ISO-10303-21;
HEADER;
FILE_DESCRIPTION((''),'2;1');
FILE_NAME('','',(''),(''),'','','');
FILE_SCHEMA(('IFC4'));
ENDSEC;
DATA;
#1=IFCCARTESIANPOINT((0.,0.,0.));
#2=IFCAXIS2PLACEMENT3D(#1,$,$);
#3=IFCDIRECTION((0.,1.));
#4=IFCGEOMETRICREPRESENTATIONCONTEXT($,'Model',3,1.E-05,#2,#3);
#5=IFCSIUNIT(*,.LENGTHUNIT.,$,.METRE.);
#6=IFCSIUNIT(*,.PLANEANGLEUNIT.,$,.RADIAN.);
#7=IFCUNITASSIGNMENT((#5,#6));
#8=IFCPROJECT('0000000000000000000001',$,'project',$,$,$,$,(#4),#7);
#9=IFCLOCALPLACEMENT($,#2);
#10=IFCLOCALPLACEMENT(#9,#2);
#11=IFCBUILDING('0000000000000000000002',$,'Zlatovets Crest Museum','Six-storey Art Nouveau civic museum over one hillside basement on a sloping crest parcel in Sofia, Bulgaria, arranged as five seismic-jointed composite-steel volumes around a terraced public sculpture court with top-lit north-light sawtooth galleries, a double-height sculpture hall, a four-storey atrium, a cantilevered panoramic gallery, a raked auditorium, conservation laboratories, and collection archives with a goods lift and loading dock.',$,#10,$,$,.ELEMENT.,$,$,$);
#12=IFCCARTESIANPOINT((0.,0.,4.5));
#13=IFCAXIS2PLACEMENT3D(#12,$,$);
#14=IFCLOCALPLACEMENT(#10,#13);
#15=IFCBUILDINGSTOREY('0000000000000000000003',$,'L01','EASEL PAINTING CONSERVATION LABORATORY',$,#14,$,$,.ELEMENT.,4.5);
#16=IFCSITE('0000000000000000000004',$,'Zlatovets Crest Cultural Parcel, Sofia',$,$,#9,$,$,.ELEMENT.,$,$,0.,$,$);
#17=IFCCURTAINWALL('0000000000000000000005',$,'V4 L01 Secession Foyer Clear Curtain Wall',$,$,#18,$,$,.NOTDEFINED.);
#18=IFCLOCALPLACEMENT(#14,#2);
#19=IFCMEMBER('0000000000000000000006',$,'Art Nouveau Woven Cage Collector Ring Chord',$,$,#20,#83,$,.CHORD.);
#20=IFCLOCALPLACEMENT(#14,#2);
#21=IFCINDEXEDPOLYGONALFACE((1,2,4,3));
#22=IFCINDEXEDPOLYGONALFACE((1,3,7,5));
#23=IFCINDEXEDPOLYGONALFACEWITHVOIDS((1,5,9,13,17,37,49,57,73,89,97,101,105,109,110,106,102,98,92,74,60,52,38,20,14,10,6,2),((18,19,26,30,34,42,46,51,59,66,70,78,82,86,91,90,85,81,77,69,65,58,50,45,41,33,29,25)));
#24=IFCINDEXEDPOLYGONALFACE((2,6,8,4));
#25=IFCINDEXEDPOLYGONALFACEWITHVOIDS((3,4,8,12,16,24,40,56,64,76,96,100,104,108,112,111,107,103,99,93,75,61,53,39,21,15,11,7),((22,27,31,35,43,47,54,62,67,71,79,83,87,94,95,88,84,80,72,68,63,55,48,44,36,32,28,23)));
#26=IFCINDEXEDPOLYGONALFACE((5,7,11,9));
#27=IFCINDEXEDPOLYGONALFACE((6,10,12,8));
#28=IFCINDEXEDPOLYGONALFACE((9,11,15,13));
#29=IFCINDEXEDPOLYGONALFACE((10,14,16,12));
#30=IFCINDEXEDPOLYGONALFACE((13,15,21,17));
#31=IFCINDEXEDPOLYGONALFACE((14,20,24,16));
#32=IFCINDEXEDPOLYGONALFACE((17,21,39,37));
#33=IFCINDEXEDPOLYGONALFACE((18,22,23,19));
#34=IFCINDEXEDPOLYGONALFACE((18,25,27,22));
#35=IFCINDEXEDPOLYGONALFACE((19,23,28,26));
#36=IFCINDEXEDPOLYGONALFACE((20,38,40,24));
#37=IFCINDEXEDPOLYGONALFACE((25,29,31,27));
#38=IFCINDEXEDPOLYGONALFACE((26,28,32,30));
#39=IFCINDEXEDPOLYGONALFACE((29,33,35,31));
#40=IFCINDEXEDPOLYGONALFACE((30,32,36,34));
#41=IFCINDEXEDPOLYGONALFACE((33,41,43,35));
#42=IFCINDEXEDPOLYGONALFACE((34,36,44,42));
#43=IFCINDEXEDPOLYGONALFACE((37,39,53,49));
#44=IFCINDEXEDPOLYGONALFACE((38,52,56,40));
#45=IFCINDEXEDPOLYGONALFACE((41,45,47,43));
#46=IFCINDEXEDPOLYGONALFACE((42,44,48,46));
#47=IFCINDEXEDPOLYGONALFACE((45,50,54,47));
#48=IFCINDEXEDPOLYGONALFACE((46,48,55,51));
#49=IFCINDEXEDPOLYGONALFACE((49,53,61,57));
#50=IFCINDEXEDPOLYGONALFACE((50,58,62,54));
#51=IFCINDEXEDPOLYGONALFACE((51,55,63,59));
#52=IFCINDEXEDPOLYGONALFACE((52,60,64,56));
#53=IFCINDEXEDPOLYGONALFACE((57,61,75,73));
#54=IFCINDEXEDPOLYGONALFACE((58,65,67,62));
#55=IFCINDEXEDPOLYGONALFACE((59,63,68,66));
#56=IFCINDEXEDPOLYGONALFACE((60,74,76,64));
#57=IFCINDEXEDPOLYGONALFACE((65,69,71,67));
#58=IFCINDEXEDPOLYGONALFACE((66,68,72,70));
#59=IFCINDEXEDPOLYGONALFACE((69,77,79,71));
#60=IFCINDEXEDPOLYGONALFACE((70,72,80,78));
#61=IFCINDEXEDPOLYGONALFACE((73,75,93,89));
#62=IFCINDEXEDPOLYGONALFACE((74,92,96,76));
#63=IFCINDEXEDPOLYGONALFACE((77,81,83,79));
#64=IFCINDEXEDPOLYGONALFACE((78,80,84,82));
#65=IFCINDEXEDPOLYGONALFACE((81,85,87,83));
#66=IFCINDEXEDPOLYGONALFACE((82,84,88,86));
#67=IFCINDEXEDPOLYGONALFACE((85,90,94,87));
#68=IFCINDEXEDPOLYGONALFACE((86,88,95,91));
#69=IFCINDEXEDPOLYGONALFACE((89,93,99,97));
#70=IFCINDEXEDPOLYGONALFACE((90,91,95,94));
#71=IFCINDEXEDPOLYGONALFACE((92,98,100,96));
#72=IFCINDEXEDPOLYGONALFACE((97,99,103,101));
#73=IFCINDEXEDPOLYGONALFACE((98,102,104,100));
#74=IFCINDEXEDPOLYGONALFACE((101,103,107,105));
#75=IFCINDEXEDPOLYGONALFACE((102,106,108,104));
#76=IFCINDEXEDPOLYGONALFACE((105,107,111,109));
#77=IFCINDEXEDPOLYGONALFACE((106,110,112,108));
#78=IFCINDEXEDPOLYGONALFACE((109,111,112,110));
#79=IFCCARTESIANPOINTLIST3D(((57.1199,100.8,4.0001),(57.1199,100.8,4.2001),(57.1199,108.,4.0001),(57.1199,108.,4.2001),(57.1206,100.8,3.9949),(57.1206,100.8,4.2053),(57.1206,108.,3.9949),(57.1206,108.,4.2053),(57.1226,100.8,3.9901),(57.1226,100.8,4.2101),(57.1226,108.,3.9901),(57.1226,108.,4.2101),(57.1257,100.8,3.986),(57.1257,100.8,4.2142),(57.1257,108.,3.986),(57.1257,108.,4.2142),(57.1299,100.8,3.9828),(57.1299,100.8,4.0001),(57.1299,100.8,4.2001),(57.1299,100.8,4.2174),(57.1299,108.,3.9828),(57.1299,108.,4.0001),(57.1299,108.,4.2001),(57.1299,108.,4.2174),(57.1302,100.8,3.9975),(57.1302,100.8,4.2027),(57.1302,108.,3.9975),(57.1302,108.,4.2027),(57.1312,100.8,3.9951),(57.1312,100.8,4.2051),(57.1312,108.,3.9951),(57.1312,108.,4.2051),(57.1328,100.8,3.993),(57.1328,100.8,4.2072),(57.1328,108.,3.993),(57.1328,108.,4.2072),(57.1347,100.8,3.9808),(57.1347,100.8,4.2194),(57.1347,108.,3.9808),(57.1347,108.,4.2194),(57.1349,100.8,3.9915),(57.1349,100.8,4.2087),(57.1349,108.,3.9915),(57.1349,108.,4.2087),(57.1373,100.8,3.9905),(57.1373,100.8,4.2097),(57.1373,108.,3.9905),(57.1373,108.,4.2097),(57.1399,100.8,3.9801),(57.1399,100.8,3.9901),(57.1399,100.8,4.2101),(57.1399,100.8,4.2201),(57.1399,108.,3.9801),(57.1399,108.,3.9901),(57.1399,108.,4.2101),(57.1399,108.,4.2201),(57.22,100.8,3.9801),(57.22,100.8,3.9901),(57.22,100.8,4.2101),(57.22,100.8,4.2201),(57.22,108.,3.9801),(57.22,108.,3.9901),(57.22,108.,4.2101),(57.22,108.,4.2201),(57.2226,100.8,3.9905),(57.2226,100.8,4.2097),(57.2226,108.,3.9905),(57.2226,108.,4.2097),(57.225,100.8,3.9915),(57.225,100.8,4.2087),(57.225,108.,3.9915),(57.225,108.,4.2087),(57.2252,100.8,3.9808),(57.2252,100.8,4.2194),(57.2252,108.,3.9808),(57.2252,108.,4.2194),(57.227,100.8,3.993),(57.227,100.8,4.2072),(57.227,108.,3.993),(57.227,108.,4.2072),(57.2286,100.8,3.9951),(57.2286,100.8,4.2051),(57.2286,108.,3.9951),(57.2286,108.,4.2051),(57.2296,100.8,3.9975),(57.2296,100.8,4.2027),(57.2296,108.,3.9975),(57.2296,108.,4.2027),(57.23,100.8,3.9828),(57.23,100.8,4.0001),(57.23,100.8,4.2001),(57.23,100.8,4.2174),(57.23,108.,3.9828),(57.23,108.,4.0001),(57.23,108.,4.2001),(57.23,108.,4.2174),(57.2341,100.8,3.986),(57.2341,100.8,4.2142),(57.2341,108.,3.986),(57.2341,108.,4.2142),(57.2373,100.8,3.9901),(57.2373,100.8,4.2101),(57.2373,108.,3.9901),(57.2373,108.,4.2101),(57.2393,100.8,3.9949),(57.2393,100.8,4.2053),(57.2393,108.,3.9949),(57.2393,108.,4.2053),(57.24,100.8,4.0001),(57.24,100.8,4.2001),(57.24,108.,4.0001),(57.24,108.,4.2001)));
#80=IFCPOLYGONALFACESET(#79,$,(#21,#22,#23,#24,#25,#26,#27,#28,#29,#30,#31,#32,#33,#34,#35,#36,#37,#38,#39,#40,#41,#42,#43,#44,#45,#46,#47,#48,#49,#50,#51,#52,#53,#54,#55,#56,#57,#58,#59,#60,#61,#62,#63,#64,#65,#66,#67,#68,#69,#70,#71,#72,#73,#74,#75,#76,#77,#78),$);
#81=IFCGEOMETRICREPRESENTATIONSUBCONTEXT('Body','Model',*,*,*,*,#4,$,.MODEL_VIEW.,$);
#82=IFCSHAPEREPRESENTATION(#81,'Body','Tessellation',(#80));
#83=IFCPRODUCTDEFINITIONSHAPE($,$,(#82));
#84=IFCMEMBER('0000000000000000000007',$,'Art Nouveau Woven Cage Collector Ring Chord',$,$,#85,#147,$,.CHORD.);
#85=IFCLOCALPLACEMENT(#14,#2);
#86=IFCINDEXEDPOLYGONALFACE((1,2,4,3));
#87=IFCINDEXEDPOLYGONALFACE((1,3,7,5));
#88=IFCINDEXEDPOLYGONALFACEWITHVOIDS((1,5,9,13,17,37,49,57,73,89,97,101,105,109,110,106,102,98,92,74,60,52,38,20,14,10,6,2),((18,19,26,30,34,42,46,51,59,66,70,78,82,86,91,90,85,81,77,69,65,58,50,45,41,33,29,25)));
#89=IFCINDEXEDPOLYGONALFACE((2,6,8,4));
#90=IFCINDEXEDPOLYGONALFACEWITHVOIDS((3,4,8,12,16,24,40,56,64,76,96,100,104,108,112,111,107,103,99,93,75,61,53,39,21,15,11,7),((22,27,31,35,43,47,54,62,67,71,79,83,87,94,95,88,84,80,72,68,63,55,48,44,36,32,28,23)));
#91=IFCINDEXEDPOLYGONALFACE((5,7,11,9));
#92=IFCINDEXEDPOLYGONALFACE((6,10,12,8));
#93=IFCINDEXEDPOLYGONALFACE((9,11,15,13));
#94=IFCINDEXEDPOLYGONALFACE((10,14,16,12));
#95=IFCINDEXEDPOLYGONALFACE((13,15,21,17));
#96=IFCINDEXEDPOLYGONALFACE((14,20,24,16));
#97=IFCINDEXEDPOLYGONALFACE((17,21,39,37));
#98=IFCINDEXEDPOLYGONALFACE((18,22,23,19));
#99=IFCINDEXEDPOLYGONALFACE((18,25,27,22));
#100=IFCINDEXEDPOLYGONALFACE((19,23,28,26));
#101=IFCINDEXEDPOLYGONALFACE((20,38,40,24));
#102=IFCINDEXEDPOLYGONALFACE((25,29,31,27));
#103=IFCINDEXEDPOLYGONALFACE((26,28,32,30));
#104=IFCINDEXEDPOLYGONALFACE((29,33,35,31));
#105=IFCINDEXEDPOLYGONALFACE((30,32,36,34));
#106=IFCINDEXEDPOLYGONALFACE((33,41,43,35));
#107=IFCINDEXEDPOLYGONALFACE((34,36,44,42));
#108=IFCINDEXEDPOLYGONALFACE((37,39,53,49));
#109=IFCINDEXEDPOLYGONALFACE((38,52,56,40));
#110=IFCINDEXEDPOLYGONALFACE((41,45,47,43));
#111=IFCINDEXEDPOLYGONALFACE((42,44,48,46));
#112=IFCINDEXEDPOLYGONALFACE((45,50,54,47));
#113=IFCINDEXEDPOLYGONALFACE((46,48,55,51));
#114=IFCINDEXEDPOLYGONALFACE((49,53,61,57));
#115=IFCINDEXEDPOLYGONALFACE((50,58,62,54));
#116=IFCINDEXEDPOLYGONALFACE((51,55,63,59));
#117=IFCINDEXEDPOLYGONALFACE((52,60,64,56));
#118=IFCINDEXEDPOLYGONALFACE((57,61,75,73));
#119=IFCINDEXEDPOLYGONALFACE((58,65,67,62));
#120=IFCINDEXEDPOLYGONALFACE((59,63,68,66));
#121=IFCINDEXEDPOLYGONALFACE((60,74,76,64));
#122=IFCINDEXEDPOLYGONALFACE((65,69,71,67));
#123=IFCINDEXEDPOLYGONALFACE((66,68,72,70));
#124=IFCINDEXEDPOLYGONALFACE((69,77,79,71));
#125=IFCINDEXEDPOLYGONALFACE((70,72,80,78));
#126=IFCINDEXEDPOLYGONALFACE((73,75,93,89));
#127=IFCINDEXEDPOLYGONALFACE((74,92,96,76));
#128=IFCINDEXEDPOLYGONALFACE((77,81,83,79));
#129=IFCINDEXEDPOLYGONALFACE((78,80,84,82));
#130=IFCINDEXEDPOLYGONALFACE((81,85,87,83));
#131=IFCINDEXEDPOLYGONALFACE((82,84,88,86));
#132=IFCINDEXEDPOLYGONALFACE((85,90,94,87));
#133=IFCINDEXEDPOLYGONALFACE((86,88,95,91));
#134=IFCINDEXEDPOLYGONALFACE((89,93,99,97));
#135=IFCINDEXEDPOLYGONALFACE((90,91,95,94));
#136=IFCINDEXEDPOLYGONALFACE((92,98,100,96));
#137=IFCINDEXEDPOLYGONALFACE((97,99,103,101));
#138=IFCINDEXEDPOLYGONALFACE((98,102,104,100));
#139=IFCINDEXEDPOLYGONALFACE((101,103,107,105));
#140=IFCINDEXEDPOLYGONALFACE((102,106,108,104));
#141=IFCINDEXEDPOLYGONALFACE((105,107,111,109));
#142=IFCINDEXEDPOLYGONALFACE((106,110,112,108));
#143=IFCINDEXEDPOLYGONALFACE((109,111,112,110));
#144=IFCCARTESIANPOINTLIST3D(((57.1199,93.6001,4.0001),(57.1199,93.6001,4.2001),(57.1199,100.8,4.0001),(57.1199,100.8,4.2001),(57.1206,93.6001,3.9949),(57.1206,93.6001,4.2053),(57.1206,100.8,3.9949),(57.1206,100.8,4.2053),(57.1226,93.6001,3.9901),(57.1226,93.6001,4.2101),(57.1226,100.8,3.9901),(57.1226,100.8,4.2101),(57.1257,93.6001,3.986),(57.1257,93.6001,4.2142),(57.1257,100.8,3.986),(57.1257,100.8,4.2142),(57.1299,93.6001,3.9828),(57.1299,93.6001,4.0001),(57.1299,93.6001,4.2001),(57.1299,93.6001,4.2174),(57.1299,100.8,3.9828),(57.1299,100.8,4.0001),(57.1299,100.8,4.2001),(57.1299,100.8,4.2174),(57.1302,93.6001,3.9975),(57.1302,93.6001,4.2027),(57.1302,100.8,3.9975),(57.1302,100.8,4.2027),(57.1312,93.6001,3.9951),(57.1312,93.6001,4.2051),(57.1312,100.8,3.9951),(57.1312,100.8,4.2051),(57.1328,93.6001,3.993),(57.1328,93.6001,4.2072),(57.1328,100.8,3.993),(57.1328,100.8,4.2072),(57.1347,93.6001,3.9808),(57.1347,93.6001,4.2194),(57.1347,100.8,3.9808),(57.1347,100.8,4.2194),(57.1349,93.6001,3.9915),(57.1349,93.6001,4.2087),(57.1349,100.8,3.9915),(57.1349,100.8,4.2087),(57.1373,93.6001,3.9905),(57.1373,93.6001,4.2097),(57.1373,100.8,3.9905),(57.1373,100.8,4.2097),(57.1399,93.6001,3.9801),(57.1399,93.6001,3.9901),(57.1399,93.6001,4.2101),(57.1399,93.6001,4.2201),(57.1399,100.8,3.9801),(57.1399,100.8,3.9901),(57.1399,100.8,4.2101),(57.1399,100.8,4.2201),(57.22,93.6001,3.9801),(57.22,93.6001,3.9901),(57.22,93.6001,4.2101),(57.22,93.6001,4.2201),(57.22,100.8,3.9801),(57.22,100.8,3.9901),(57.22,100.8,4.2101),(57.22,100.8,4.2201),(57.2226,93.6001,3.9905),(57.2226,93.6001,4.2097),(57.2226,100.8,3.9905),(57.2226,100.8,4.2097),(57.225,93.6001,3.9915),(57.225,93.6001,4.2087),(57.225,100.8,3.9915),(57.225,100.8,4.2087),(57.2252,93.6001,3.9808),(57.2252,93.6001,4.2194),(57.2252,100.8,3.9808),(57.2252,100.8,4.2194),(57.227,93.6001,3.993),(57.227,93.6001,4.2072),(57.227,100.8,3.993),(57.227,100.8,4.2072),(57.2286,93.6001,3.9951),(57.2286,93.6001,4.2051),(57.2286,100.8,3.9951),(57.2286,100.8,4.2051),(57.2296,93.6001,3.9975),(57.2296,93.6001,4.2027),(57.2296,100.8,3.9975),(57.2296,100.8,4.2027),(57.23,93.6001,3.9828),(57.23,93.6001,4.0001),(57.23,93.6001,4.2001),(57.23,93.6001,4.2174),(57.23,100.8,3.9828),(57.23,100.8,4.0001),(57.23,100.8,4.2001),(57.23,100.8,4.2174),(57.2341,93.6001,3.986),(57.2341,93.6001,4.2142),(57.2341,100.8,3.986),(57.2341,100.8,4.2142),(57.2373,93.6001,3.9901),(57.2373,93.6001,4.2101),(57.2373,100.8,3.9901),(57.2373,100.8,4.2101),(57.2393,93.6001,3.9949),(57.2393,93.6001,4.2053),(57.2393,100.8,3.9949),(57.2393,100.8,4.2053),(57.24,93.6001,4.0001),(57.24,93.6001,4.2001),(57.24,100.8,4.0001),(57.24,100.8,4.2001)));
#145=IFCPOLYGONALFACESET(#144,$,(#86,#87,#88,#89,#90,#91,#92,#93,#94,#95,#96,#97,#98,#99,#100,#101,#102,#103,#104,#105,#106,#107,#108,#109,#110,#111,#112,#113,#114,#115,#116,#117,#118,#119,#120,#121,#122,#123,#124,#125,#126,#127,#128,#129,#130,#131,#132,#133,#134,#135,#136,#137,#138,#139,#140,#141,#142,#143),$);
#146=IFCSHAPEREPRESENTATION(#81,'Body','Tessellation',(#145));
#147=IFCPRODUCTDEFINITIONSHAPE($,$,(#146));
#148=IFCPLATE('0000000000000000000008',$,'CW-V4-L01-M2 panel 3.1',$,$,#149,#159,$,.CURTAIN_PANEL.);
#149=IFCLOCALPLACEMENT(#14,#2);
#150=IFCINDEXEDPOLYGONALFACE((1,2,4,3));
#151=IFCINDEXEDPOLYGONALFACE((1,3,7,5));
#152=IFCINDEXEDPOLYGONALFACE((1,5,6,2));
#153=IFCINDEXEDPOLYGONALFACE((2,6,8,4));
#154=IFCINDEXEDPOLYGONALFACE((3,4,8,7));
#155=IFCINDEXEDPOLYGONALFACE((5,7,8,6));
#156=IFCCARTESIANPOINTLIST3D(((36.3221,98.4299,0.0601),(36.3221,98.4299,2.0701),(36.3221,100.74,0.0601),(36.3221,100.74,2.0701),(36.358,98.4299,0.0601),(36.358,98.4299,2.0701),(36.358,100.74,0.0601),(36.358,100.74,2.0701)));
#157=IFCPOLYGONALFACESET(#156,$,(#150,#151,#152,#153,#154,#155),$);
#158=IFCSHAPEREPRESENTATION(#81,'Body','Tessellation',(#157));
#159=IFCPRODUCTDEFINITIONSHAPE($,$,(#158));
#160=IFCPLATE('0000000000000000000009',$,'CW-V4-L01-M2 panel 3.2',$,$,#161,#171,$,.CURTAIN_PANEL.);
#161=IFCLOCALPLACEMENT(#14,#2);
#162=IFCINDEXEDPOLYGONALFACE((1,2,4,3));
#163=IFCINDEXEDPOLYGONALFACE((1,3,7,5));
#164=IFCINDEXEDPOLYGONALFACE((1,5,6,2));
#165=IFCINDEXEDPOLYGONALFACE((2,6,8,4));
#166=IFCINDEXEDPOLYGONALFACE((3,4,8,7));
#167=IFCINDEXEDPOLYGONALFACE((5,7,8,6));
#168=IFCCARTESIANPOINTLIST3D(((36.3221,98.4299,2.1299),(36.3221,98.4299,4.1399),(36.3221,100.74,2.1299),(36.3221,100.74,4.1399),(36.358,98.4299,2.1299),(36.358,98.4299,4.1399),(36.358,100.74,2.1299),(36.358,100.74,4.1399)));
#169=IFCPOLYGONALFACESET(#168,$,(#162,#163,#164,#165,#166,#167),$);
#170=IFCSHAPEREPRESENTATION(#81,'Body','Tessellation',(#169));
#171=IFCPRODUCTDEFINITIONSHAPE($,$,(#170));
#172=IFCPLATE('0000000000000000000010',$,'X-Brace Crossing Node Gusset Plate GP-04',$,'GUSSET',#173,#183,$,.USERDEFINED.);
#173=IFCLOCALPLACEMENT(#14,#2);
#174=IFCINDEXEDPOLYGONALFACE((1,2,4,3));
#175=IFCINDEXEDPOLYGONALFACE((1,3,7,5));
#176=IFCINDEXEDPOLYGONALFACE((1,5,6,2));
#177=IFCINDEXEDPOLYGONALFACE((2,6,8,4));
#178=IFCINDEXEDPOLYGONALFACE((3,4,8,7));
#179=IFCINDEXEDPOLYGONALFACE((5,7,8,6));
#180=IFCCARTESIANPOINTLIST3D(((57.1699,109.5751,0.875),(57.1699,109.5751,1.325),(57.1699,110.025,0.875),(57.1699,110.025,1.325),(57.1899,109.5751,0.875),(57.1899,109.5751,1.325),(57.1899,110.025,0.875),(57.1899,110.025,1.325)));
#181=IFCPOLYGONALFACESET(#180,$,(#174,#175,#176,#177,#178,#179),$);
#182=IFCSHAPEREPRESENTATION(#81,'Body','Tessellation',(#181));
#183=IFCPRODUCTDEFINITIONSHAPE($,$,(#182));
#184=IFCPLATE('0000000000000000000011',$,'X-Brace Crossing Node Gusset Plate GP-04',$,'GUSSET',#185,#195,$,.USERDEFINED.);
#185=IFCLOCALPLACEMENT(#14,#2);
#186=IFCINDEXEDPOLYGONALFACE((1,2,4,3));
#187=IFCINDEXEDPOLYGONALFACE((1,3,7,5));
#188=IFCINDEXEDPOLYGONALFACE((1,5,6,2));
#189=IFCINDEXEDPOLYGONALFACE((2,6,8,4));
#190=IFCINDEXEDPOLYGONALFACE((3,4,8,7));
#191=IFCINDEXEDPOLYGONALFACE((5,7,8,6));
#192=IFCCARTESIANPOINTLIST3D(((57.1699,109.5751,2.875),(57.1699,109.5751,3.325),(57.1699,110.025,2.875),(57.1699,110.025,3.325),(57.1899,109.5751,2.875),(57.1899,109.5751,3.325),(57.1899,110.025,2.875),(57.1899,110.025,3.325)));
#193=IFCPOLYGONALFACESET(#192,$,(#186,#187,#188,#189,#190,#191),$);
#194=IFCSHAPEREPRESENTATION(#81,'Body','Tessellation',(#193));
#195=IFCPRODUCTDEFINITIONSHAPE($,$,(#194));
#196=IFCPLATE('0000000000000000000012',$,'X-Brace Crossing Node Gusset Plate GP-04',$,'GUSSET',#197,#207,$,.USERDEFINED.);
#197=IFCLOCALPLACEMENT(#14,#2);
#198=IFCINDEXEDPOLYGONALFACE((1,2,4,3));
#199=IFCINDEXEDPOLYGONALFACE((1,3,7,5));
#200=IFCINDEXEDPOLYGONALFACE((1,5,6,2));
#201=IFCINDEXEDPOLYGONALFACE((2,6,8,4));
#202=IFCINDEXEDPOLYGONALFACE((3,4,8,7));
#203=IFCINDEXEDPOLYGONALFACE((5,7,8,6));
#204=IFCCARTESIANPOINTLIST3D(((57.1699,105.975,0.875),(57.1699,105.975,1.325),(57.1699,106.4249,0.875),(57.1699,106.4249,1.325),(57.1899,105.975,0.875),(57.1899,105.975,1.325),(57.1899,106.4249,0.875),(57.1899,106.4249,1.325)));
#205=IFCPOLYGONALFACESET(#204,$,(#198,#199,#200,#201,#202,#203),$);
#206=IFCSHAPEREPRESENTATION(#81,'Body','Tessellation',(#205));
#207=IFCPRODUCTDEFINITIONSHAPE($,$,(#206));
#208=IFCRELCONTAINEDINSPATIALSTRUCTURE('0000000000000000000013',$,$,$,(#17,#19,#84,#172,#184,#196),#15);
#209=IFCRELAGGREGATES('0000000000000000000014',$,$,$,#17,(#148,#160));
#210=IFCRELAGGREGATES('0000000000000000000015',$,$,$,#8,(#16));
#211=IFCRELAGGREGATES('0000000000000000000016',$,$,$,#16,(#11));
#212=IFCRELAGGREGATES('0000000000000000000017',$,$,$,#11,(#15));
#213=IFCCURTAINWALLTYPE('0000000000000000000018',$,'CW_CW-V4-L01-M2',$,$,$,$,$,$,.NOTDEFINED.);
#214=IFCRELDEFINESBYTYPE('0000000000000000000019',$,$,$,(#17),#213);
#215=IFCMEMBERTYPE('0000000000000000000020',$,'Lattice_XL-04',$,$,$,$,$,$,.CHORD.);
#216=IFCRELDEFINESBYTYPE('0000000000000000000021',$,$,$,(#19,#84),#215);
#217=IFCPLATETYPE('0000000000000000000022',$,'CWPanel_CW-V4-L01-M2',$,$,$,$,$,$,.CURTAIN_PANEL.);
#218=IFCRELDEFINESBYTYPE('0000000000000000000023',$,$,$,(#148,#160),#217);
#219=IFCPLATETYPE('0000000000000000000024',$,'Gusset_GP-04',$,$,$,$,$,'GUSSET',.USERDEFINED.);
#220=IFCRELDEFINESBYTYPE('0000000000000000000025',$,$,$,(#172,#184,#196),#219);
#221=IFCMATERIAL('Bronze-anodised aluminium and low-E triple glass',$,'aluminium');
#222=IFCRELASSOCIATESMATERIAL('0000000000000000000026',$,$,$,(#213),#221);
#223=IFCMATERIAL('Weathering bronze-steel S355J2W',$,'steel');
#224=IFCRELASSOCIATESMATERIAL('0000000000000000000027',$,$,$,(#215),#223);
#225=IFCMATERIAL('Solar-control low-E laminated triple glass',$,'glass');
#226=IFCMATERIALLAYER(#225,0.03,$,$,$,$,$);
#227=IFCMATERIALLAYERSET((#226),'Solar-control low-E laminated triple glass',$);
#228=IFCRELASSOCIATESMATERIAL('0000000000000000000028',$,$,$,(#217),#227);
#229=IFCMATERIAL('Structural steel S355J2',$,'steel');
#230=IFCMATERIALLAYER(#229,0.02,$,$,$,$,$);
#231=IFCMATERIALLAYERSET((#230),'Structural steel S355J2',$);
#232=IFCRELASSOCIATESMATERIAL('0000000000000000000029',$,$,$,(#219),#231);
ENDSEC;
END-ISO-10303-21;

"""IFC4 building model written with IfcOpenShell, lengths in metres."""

from ifc_helpers import new_model, si_unit, direction, frame, origin, origin_2d, place, context, subcontext, project, spatial, rectangle, hollow_rectangle, extrude, material, layer, layer_set, material_profile, profile_set, type_object, element, aggregate, save


model = new_model("IFC4")

# Units and contexts
model_context = context("Model", 3, precision=1e-05, world=origin(), true_north=direction((0.0, 1.0)))
body_context = subcontext(model_context, "Body", "Model", "MODEL_VIEW")
ifc_project = project(units=[si_unit("LENGTHUNIT", "METRE"), si_unit("PLANEANGLEUNIT", "RADIAN")], contexts=[model_context])

# Site, building, storey
site_placement = place(None, origin())
site = spatial("IfcSite", under=ifc_project, at=site_placement, Name="Zlatovets Crest Cultural Parcel, Sofia", CompositionType="ELEMENT", RefElevation=0.0)
building_placement = place(site_placement, origin())
building = spatial("IfcBuilding", under=site, at=building_placement, Name="Zlatovets Crest Museum", Description="Six-storey Art Nouveau civic museum over one hillside basement on a sloping crest parcel in Sofia, Bulgaria, arranged as five seismic-jointed composite-steel volumes around a terraced public sculpture court with top-lit north-light sawtooth galleries, a double-height sculpture hall, a four-storey atrium, a cantilevered panoramic gallery, a raked auditorium, conservation laboratories, and collection archives with a goods lift and loading dock.", CompositionType="ELEMENT")
storey_placement = place(building_placement, frame((0.0, 0.0, 4.5)))
storey = spatial("IfcBuildingStorey", under=building, at=storey_placement, Name="L01", Description="EASEL PAINTING CONSERVATION LABORATORY", CompositionType="ELEMENT", Elevation=4.5)

# Curtain wall
ifc_material_1 = material(Name="Bronze-anodised aluminium and low-E triple glass", Category="aluminium")
curtain_wall_type = type_object("IfcCurtainWallType", Name="CW_CW-V4-L01-M2", PredefinedType="NOTDEFINED", material=ifc_material_1)
curtain_wall_placement = place(storey_placement, origin())
curtain_wall = element("IfcCurtainWall", 1, at=curtain_wall_placement, inside=storey, type_object=curtain_wall_type, Name="V4 L01 Secession Foyer Clear Curtain Wall", PredefinedType="NOTDEFINED")

# Members
ifc_material_2 = material(Name="Weathering bronze-steel S355J2W", Category="steel")
ifc_material_profile_1 = material_profile(ifc_material_2, hollow_rectangle(XDim=0.1201, YDim=0.24, WallThickness=0.01, InnerFilletRadius=0.01, OuterFilletRadius=0.02, at=origin_2d()), Name="RHS 120x240x10.0")
ifc_profile_set_1 = profile_set([ifc_material_profile_1], Name="Weathering bronze-steel S355J2W")
member_type_1 = type_object("IfcMemberType", Name="Lattice_XL-04", PredefinedType="CHORD", material=ifc_profile_set_1)
for number, where, z_axis, x_axis, name in (
    (2, (57.1799, 108.0, 4.1001), (0.0, -1.0, 0.0), (1.0, 0.0, 0.0), "Art Nouveau Woven Cage Collector Ring Chord"),
    (3, (57.1799, 100.8, 4.1001), (0.0, -1.0, 0.0), (1.0, 0.0, 0.0), "Art Nouveau Woven Cage Collector Ring Chord"),
):
    element("IfcMember", number, at=place(storey_placement, frame(where, z_axis=z_axis, x_axis=x_axis)), inside=storey, type_object=member_type_1, Name=name, PredefinedType="CHORD", context=body_context, shape_type="SweptSolid", body=[
        extrude(hollow_rectangle(XDim=0.1201, YDim=0.24, WallThickness=0.01, InnerFilletRadius=0.01, OuterFilletRadius=0.02, at=origin_2d()), origin(), (0.0, 0.0, 1.0), 7.2),
    ])

# Plates
ifc_material_3 = material(Name="Solar-control low-E laminated triple glass", Category="glass")
ifc_layer_1 = layer(ifc_material_3, 0.03)
ifc_layer_set_1 = layer_set([ifc_layer_1], Name="Solar-control low-E laminated triple glass")
plate_type_1 = type_object("IfcPlateType", Name="CWPanel_CW-V4-L01-M2", PredefinedType="CURTAIN_PANEL", material=ifc_layer_set_1)
plate_1_placement = place(storey_placement, frame((36.3401, 99.585, 0.0601), z_axis=(0.0, 0.0, 1.0), x_axis=(0.0, 1.0, 0.0)))
plate_1 = element("IfcPlate", 4, at=plate_1_placement, type_object=plate_type_1, Name="CW-V4-L01-M2 panel 3.1", PredefinedType="CURTAIN_PANEL", context=body_context, shape_type="SweptSolid", body=[
    extrude(rectangle(XDim=2.3101, YDim=0.0359, at=origin_2d()), origin(), (0.0, 0.0, 1.0), 2.01),
])
plate_2_placement = place(storey_placement, frame((36.3401, 99.585, 2.1299), z_axis=(0.0, 0.0, 1.0), x_axis=(0.0, 1.0, 0.0)))
plate_2 = element("IfcPlate", 5, at=plate_2_placement, type_object=plate_type_1, Name="CW-V4-L01-M2 panel 3.2", PredefinedType="CURTAIN_PANEL", context=body_context, shape_type="SweptSolid", body=[
    extrude(rectangle(XDim=2.3101, YDim=0.0359, at=origin_2d()), origin(), (0.0, 0.0, 1.0), 2.01),
])
aggregate(curtain_wall, [plate_1, plate_2])

# Plates
ifc_material_4 = material(Name="Structural steel S355J2", Category="steel")
ifc_layer_2 = layer(ifc_material_4, 0.02)
ifc_layer_set_2 = layer_set([ifc_layer_2], Name="Structural steel S355J2")
plate_type_2 = type_object("IfcPlateType", Name="Gusset_GP-04", ElementType="GUSSET", PredefinedType="USERDEFINED", material=ifc_layer_set_2)
for number, where, z_axis, x_axis, name in (
    (6, (57.1799, 109.8, 0.875), (0.0, 0.0, 1.0), (1.0, 0.0, 0.0), "X-Brace Crossing Node Gusset Plate GP-04"),
    (7, (57.1799, 109.8, 2.875), (0.0, 0.0, 1.0), (1.0, 0.0, 0.0), "X-Brace Crossing Node Gusset Plate GP-04"),
    (8, (57.1799, 106.2, 0.875), (0.0, 0.0, 1.0), (1.0, 0.0, 0.0), "X-Brace Crossing Node Gusset Plate GP-04"),
):
    element("IfcPlate", number, at=place(storey_placement, frame(where, z_axis=z_axis, x_axis=x_axis)), inside=storey, type_object=plate_type_2, Name=name, ObjectType="GUSSET", PredefinedType="USERDEFINED", context=body_context, shape_type="SweptSolid", body=[
        extrude(rectangle(XDim=0.02, YDim=0.45, at=origin_2d()), origin(), (0.0, 0.0, 1.0), 0.45),
    ])

save(model, "model.ifc")
